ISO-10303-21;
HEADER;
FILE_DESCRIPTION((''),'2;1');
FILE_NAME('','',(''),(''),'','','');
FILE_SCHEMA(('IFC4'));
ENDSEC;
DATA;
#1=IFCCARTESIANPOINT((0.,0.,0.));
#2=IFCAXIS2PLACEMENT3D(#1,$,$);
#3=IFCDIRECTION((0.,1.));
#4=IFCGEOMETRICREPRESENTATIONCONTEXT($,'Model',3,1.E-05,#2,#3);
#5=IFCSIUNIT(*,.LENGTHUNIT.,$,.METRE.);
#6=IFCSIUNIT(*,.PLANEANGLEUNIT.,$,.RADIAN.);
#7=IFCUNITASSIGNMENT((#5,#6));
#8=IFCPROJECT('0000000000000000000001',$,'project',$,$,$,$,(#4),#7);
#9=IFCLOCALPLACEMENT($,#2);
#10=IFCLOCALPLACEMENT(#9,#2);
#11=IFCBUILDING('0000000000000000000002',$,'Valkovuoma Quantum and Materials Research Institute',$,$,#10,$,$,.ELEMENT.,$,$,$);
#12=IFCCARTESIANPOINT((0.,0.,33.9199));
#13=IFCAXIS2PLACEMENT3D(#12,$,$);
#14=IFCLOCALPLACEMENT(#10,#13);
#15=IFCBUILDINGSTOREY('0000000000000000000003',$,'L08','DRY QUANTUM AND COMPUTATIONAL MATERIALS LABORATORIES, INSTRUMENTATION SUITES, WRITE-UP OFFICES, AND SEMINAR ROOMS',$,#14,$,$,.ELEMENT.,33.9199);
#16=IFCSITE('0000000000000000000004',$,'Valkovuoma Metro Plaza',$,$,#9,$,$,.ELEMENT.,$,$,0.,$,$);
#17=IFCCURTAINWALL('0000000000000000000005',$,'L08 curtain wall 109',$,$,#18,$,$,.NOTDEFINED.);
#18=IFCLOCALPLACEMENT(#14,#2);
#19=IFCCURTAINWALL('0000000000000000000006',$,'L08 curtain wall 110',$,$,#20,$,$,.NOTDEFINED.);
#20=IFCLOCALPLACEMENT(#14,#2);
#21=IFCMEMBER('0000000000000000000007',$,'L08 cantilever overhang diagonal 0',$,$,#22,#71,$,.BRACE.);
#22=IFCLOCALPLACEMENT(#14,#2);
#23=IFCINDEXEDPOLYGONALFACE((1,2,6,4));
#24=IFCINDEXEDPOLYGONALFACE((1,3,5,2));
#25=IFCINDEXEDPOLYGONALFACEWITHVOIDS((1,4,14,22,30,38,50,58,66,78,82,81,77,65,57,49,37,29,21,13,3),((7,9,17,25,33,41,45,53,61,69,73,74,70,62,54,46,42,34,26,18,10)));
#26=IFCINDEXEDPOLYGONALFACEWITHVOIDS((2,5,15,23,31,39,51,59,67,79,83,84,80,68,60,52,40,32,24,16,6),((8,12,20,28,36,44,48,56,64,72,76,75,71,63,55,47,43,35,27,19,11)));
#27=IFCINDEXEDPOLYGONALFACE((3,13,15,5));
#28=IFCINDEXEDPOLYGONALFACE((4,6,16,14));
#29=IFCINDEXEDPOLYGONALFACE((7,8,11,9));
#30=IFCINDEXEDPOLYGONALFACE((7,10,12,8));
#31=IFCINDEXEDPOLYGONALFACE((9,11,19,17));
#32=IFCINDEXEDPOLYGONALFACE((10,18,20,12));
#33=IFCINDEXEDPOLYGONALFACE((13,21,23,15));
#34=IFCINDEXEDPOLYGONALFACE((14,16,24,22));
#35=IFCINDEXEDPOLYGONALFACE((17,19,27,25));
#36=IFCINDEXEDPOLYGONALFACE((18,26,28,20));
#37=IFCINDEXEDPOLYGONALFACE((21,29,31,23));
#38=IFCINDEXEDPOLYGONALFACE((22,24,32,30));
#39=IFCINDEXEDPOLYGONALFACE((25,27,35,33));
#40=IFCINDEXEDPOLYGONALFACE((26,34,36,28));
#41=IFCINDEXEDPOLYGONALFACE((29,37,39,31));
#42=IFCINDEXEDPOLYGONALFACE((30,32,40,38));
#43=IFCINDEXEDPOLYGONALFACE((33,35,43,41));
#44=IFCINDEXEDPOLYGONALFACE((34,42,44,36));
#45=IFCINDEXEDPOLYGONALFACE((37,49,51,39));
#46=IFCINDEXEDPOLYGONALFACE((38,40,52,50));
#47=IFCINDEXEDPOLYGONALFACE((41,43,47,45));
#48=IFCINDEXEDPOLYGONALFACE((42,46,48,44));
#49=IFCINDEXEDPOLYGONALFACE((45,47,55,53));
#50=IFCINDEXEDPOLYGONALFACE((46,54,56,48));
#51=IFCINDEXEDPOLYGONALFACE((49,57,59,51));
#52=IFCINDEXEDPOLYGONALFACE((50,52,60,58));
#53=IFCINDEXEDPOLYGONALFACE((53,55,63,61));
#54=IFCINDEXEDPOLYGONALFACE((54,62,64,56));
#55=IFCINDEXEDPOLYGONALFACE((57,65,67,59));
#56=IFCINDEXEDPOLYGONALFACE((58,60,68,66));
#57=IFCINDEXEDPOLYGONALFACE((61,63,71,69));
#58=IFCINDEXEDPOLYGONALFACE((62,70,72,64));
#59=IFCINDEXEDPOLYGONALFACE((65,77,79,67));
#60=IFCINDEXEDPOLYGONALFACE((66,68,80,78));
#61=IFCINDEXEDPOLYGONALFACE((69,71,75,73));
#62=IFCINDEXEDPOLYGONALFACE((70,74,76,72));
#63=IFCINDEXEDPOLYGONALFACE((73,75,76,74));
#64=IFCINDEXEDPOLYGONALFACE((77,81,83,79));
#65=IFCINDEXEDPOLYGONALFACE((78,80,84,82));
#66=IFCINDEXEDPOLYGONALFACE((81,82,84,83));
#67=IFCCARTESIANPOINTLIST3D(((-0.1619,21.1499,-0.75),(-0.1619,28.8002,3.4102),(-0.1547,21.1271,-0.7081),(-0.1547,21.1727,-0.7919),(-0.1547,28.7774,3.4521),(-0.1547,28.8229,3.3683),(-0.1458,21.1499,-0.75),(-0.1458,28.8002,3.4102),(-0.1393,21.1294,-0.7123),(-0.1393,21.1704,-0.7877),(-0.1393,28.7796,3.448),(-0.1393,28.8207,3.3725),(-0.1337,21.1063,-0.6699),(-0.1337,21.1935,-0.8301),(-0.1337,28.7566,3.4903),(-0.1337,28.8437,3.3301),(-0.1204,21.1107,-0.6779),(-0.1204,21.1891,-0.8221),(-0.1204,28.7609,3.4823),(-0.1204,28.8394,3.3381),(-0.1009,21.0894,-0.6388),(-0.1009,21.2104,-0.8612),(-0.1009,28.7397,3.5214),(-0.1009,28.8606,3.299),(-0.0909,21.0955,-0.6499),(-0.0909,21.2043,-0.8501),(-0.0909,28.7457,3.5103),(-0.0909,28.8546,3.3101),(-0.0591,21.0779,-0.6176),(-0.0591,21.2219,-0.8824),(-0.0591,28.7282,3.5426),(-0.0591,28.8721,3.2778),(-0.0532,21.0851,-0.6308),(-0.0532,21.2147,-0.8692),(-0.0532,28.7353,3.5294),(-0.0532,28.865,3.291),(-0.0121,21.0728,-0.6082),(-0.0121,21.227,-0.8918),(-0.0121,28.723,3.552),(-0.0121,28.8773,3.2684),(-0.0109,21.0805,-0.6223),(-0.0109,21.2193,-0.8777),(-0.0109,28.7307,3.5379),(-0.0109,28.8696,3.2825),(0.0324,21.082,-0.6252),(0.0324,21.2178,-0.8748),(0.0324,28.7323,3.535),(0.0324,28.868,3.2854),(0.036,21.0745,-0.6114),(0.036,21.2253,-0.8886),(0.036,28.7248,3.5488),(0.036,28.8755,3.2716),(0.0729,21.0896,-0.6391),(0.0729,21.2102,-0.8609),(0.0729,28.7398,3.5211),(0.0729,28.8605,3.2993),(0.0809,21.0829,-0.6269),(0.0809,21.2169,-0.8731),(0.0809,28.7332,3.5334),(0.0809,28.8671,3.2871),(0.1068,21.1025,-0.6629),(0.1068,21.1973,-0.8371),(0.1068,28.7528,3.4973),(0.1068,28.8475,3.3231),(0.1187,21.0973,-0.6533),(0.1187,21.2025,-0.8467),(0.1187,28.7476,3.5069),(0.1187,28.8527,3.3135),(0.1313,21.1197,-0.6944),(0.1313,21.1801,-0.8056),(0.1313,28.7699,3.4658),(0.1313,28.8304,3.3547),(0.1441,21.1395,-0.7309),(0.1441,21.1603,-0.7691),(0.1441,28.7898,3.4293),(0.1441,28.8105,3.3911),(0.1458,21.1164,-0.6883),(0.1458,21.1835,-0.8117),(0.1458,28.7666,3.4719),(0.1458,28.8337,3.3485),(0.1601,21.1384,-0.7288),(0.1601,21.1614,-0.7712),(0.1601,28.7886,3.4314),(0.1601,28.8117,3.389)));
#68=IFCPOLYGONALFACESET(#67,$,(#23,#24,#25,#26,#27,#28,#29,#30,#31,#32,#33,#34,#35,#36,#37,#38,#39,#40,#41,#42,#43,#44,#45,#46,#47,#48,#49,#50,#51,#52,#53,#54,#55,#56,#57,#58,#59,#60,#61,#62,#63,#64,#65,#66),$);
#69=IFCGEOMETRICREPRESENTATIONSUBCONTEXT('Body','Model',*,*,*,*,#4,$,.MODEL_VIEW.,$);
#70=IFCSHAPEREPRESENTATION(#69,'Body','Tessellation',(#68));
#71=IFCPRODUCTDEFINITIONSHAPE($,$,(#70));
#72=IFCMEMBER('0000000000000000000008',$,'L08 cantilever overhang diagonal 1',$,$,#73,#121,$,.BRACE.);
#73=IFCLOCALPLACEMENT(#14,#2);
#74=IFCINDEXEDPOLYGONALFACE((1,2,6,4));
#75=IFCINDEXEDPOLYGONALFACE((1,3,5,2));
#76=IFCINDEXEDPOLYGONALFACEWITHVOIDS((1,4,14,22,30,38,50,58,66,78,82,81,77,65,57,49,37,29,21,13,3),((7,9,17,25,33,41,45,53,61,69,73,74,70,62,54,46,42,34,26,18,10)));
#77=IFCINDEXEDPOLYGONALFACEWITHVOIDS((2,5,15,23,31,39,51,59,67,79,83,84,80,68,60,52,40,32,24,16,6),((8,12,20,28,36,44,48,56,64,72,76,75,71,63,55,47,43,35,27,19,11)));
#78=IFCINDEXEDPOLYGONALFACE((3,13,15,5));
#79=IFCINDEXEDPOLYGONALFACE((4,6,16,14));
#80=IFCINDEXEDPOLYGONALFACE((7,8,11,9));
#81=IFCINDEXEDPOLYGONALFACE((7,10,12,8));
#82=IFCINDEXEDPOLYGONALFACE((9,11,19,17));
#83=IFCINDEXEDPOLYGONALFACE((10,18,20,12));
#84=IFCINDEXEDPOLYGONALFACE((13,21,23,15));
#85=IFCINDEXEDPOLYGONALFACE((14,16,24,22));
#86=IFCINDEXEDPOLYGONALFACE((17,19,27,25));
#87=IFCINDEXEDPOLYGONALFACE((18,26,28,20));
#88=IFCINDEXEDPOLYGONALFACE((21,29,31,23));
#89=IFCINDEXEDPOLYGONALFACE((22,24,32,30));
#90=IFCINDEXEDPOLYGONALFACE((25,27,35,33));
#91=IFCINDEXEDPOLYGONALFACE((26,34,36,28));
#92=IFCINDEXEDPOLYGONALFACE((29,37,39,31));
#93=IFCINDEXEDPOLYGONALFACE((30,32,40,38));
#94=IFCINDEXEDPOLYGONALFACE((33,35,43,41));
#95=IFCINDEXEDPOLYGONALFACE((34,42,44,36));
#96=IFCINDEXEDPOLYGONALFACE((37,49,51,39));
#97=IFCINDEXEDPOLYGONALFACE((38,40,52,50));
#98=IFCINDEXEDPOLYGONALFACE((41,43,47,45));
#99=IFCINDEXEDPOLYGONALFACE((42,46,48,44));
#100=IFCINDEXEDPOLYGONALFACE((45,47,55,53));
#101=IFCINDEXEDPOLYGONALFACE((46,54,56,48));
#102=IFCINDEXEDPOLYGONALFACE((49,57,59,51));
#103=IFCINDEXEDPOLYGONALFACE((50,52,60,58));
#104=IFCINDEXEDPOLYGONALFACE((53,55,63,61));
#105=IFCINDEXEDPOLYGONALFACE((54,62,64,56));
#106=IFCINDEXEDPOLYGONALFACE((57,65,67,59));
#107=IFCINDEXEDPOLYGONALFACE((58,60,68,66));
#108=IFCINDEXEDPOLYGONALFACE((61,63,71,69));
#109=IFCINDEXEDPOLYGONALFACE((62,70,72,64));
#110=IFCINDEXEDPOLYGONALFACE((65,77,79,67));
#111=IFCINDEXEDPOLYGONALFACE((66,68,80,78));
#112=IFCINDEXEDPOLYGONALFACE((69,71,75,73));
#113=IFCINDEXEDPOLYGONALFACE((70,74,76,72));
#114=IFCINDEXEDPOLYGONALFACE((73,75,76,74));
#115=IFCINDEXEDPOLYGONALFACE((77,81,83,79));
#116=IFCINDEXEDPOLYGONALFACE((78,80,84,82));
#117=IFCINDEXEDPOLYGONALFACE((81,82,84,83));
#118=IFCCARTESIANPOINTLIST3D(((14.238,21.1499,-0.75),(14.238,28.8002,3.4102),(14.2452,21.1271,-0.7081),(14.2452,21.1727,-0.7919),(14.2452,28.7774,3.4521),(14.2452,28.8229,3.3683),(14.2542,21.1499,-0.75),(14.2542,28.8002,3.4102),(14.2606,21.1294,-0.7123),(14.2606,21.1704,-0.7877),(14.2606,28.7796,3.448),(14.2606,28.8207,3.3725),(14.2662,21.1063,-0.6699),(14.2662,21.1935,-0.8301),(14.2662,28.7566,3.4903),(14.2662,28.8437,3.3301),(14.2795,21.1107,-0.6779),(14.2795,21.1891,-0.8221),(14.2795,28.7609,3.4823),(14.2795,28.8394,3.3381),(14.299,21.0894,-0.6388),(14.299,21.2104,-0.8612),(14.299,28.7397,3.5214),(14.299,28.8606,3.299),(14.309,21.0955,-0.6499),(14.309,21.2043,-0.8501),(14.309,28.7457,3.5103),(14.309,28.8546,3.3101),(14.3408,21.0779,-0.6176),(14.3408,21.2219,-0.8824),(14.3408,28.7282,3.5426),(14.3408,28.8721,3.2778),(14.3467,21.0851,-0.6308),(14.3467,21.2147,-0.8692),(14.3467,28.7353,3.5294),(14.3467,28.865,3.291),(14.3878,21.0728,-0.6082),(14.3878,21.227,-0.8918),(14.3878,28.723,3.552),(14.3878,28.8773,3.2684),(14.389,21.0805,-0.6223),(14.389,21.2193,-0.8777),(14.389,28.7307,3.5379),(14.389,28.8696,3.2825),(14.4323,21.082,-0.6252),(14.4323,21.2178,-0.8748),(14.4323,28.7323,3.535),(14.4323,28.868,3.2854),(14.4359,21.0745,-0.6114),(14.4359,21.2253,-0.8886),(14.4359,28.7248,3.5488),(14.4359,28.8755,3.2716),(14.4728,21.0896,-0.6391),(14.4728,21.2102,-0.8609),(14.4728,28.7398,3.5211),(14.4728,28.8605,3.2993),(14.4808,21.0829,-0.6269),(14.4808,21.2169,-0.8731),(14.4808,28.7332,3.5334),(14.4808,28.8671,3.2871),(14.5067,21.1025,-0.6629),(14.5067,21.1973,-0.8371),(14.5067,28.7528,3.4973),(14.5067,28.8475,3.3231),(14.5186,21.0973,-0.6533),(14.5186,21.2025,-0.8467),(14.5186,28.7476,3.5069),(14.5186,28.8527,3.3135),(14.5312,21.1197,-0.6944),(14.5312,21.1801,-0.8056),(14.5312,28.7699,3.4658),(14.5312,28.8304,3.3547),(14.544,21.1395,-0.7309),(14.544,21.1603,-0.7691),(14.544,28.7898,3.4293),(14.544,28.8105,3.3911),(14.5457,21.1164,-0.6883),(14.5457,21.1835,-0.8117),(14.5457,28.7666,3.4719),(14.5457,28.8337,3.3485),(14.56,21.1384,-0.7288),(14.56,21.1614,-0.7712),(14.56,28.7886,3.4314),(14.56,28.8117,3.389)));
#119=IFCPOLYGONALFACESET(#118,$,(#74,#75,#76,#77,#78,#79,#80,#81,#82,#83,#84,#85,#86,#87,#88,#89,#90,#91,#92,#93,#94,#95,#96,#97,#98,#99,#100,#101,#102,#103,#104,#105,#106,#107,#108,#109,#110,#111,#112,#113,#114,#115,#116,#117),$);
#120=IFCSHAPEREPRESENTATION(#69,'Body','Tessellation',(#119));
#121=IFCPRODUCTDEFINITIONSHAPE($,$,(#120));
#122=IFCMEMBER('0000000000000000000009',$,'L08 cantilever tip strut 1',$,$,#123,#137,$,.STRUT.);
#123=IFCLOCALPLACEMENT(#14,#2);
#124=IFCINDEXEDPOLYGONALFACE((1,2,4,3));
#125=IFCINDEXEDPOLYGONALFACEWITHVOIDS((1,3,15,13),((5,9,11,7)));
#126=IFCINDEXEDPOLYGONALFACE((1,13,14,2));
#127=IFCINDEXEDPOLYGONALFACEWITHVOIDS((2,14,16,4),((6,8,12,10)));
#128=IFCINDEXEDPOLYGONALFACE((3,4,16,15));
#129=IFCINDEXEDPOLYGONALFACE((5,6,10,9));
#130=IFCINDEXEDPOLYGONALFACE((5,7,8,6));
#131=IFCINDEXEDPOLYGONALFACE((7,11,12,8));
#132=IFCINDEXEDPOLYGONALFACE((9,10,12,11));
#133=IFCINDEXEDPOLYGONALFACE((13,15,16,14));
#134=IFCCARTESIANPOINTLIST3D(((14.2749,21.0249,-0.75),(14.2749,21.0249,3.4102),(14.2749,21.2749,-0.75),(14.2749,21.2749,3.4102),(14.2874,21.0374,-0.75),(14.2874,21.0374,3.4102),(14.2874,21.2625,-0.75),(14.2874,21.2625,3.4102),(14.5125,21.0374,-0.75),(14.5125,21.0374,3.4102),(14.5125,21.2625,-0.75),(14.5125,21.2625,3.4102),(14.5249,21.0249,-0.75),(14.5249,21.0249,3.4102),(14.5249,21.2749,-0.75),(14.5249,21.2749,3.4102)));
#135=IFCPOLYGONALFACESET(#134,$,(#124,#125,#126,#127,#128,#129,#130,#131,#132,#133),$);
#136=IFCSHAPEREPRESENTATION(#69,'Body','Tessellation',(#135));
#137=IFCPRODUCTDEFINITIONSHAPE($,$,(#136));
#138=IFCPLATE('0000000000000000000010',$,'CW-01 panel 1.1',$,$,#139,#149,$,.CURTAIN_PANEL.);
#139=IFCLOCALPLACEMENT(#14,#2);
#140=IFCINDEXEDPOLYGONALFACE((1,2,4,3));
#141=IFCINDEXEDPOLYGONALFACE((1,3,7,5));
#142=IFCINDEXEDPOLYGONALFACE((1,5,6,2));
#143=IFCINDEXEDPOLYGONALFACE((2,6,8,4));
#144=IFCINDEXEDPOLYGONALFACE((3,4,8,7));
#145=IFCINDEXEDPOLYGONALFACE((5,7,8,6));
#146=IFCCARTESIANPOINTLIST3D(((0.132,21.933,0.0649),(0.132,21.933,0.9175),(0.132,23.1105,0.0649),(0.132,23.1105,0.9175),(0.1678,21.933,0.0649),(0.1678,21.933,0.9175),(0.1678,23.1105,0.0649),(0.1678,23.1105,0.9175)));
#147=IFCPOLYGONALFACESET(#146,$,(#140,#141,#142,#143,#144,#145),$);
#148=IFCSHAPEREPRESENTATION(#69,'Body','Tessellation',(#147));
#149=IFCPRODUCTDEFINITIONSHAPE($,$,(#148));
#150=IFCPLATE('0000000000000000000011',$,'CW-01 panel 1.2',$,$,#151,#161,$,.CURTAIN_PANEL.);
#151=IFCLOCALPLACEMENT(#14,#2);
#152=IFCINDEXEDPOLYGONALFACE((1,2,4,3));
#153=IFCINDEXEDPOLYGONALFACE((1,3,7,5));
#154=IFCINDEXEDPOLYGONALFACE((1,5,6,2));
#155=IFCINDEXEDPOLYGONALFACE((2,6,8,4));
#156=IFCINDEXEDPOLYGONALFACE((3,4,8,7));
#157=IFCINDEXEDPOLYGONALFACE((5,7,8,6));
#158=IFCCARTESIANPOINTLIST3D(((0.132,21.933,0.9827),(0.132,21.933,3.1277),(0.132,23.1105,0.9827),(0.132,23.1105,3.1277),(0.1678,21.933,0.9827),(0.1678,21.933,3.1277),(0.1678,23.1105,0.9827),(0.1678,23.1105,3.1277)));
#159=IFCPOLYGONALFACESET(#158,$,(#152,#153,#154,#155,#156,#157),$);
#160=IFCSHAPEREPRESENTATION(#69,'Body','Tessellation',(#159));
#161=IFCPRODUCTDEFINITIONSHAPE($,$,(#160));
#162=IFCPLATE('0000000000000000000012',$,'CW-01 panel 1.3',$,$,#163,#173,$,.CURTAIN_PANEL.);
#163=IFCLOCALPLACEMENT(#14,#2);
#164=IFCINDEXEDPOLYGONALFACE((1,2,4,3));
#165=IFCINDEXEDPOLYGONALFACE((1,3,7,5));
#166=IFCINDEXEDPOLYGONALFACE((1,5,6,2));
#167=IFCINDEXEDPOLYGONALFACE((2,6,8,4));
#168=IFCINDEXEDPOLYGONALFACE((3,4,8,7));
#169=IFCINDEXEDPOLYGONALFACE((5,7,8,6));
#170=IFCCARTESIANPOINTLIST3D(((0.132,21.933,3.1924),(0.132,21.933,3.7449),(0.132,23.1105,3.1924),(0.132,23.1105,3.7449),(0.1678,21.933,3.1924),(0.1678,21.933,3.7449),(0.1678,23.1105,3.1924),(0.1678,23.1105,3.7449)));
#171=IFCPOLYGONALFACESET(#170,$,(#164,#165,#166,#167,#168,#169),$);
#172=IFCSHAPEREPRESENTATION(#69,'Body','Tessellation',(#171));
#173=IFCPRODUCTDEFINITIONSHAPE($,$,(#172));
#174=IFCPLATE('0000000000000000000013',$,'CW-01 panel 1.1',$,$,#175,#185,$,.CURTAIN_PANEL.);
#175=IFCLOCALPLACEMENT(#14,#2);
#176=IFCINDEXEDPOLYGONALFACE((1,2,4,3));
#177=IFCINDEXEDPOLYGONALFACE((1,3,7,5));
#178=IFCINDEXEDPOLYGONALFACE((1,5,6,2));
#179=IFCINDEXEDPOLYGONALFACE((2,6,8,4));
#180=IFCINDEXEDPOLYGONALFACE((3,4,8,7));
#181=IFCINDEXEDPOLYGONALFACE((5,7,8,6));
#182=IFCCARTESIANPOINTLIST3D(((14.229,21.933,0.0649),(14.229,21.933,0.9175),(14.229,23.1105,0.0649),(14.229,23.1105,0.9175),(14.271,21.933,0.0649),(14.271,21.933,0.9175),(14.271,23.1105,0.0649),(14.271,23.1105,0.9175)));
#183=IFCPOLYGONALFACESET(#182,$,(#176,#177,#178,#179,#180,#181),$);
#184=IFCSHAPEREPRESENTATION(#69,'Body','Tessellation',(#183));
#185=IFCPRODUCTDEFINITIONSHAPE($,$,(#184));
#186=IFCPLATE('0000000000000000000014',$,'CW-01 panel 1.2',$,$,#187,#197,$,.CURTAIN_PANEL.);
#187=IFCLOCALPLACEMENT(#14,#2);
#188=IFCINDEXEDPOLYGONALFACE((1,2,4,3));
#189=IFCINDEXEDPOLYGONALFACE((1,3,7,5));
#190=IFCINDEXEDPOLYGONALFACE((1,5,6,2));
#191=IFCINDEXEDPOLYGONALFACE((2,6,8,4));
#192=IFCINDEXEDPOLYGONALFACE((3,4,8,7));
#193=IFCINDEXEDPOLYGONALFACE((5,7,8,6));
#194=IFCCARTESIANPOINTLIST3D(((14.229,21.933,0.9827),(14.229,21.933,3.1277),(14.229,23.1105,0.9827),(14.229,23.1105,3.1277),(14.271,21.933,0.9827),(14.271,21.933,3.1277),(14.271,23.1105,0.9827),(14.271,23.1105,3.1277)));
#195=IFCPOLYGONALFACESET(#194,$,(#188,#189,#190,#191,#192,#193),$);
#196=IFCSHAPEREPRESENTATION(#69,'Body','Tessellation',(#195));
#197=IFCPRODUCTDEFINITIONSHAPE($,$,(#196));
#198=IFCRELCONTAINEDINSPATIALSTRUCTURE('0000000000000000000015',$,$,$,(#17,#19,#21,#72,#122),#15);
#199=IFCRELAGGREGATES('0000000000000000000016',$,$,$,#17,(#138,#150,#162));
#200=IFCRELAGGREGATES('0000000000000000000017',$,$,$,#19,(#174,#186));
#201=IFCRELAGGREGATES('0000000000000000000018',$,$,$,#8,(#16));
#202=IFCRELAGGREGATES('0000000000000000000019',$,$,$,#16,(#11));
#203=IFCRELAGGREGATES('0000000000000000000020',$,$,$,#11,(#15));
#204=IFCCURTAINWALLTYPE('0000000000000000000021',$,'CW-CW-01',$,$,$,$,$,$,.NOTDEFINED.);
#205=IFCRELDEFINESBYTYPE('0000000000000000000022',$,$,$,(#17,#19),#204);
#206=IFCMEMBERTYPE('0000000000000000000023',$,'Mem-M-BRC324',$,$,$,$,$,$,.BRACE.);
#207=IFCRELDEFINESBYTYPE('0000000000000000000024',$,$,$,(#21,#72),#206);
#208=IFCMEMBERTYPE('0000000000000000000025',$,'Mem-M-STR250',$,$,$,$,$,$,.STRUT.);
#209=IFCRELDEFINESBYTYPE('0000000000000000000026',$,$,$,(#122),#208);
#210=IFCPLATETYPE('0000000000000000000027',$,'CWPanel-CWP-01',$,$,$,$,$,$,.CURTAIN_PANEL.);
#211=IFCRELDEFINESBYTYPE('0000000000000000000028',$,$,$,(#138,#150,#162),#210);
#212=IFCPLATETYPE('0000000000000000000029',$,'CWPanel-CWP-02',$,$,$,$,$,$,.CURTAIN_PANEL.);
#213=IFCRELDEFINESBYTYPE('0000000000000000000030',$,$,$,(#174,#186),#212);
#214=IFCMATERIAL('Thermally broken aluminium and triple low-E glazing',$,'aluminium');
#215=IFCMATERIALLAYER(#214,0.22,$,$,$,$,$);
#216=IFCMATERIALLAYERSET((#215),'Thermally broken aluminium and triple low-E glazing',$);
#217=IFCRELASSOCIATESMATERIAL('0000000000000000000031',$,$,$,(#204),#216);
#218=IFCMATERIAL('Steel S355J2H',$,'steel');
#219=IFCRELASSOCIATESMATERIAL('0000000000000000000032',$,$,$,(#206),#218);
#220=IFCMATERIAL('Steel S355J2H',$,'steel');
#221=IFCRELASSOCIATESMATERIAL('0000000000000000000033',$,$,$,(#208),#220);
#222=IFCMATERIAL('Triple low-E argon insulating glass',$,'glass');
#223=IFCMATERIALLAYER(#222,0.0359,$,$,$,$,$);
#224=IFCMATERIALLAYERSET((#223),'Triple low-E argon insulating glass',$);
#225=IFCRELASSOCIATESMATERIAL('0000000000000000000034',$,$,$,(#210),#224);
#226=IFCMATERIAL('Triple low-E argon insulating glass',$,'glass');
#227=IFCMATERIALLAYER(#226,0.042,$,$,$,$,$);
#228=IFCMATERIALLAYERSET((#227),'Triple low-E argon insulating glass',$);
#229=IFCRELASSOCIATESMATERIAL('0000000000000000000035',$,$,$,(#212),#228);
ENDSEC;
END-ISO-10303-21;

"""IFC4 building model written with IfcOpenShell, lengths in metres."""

from ifc_helpers import new_model, si_unit, direction, frame, origin, origin_2d, place, context, subcontext, project, spatial, rectangle, hollow_rectangle, hollow_circle, extrude, material, layer, layer_set, material_profile, profile_set, type_object, element, aggregate, save


model = new_model("IFC4")

# Units and contexts
model_context = context("Model", 3, precision=1e-05, world=origin(), true_north=direction((0.0, 1.0)))
body_context = subcontext(model_context, "Body", "Model", "MODEL_VIEW")
ifc_project = project(units=[si_unit("LENGTHUNIT", "METRE"), si_unit("PLANEANGLEUNIT", "RADIAN")], contexts=[model_context])

# Site, building, storey
site_placement = place(None, origin())
site = spatial("IfcSite", under=ifc_project, at=site_placement, Name="Valkovuoma Metro Plaza", CompositionType="ELEMENT", RefElevation=0.0)
building_placement = place(site_placement, origin())
building = spatial("IfcBuilding", under=site, at=building_placement, Name="Valkovuoma Quantum and Materials Research Institute", CompositionType="ELEMENT")
storey_placement = place(building_placement, frame((0.0, 0.0, 33.9199)))
storey = spatial("IfcBuildingStorey", under=building, at=storey_placement, Name="L08", Description="DRY QUANTUM AND COMPUTATIONAL MATERIALS LABORATORIES, INSTRUMENTATION SUITES, WRITE-UP OFFICES, AND SEMINAR ROOMS", CompositionType="ELEMENT", Elevation=33.9199)

# Curtain walls
ifc_material_1 = material(Name="Thermally broken aluminium and triple low-E glazing", Category="aluminium")
ifc_layer_1 = layer(ifc_material_1, 0.22)
ifc_layer_set_1 = layer_set([ifc_layer_1], Name="Thermally broken aluminium and triple low-E glazing")
curtain_wall_type = type_object("IfcCurtainWallType", Name="CW-CW-01", PredefinedType="NOTDEFINED", material=ifc_layer_set_1)
curtain_wall_1_placement = place(storey_placement, origin())
curtain_wall_1 = element("IfcCurtainWall", 1, at=curtain_wall_1_placement, inside=storey, type_object=curtain_wall_type, Name="L08 curtain wall 109", PredefinedType="NOTDEFINED")
curtain_wall_2_placement = place(storey_placement, origin())
curtain_wall_2 = element("IfcCurtainWall", 2, at=curtain_wall_2_placement, inside=storey, type_object=curtain_wall_type, Name="L08 curtain wall 110", PredefinedType="NOTDEFINED")

# Members
ifc_material_2 = material(Name="Steel S355J2H", Category="steel")
ifc_material_profile_1 = material_profile(ifc_material_2, hollow_circle(Radius=0.1619, WallThickness=0.0161, at=origin_2d()), Name="Steel S355J2H")
ifc_profile_set_1 = profile_set([ifc_material_profile_1], Name="Steel S355J2H")
member_type_1 = type_object("IfcMemberType", Name="Mem-M-BRC324", PredefinedType="BRACE", material=ifc_profile_set_1)
for number, where, z_axis, x_axis, name in (
    (3, (0.0, 21.1499, -0.75), (0.0, 0.878506, 0.477732), (-1.0, 0.0, 0.0), "L08 cantilever overhang diagonal 0"),
    (4, (14.3999, 21.1499, -0.75), (0.0, 0.878506, 0.477732), (-1.0, 0.0, 0.0), "L08 cantilever overhang diagonal 1"),
):
    element("IfcMember", number, at=place(storey_placement, frame(where, z_axis=z_axis, x_axis=x_axis)), inside=storey, type_object=member_type_1, Name=name, PredefinedType="BRACE", context=body_context, shape_type="SweptSolid", body=[
        extrude(hollow_circle(Radius=0.1619, WallThickness=0.0161, at=origin_2d()), origin(), (0.0, 0.0, 1.0), 8.7083),
    ])
ifc_material_3 = material(Name="Steel S355J2H", Category="steel")
ifc_material_profile_2 = material_profile(ifc_material_3, hollow_rectangle(XDim=0.25, YDim=0.25, WallThickness=0.0125, at=origin_2d()), Name="Steel S355J2H")
ifc_profile_set_2 = profile_set([ifc_material_profile_2], Name="Steel S355J2H")
member_type_2 = type_object("IfcMemberType", Name="Mem-M-STR250", PredefinedType="STRUT", material=ifc_profile_set_2)
member_1_placement = place(storey_placement, frame((14.3999, 21.1499, -0.75), z_axis=(0.0, 0.0, 1.0), x_axis=(1.0, 0.0, 0.0)))
element("IfcMember", 5, at=member_1_placement, inside=storey, type_object=member_type_2, Name="L08 cantilever tip strut 1", PredefinedType="STRUT", context=body_context, shape_type="SweptSolid", body=[
    extrude(hollow_rectangle(XDim=0.25, YDim=0.25, WallThickness=0.0125, at=origin_2d()), origin(), (0.0, 0.0, 1.0), 4.1602),
])

# Plates
ifc_material_4 = material(Name="Triple low-E argon insulating glass", Category="glass")
ifc_layer_2 = layer(ifc_material_4, 0.0359)
ifc_layer_set_2 = layer_set([ifc_layer_2], Name="Triple low-E argon insulating glass")
plate_type_1 = type_object("IfcPlateType", Name="CWPanel-CWP-01", PredefinedType="CURTAIN_PANEL", material=ifc_layer_set_2)
plate_1_placement = place(storey_placement, frame((0.1499, 22.5217, 0.0649), z_axis=(0.0, 0.0, 1.0), x_axis=(0.0, 1.0, 0.0)))
plate_1 = element("IfcPlate", 6, at=plate_1_placement, type_object=plate_type_1, Name="CW-01 panel 1.1", PredefinedType="CURTAIN_PANEL", context=body_context, shape_type="SweptSolid", body=[
    extrude(rectangle(XDim=1.1775, YDim=0.0359, at=origin_2d()), origin(), (0.0, 0.0, 1.0), 0.8525),
])
plate_2_placement = place(storey_placement, frame((0.1499, 22.5217, 0.9827), z_axis=(0.0, 0.0, 1.0), x_axis=(0.0, 1.0, 0.0)))
plate_2 = element("IfcPlate", 7, at=plate_2_placement, type_object=plate_type_1, Name="CW-01 panel 1.2", PredefinedType="CURTAIN_PANEL", context=body_context, shape_type="SweptSolid", body=[
    extrude(rectangle(XDim=1.1775, YDim=0.0359, at=origin_2d()), origin(), (0.0, 0.0, 1.0), 2.145),
])
plate_3_placement = place(storey_placement, frame((0.1499, 22.5217, 3.1924), z_axis=(0.0, 0.0, 1.0), x_axis=(0.0, 1.0, 0.0)))
plate_3 = element("IfcPlate", 8, at=plate_3_placement, type_object=plate_type_1, Name="CW-01 panel 1.3", PredefinedType="CURTAIN_PANEL", context=body_context, shape_type="SweptSolid", body=[
    extrude(rectangle(XDim=1.1775, YDim=0.0359, at=origin_2d()), origin(), (0.0, 0.0, 1.0), 0.5525),
])
aggregate(curtain_wall_1, [plate_1, plate_2, plate_3])
ifc_material_5 = material(Name="Triple low-E argon insulating glass", Category="glass")
ifc_layer_3 = layer(ifc_material_5, 0.042)
ifc_layer_set_3 = layer_set([ifc_layer_3], Name="Triple low-E argon insulating glass")
plate_type_2 = type_object("IfcPlateType", Name="CWPanel-CWP-02", PredefinedType="CURTAIN_PANEL", material=ifc_layer_set_3)
plate_4_placement = place(storey_placement, frame((14.25, 22.5217, 0.0649), z_axis=(0.0, 0.0, 1.0), x_axis=(0.0, 1.0, 0.0)))
plate_4 = element("IfcPlate", 9, at=plate_4_placement, type_object=plate_type_2, Name="CW-01 panel 1.1", PredefinedType="CURTAIN_PANEL", context=body_context, shape_type="SweptSolid", body=[
    extrude(rectangle(XDim=1.1775, YDim=0.042, at=origin_2d()), origin(), (0.0, 0.0, 1.0), 0.8525),
])
plate_5_placement = place(storey_placement, frame((14.25, 22.5217, 0.9827), z_axis=(0.0, 0.0, 1.0), x_axis=(0.0, 1.0, 0.0)))
plate_5 = element("IfcPlate", 10, at=plate_5_placement, type_object=plate_type_2, Name="CW-01 panel 1.2", PredefinedType="CURTAIN_PANEL", context=body_context, shape_type="SweptSolid", body=[
    extrude(rectangle(XDim=1.1775, YDim=0.042, at=origin_2d()), origin(), (0.0, 0.0, 1.0), 2.145),
])
aggregate(curtain_wall_2, [plate_4, plate_5])

save(model, "model.ifc")
